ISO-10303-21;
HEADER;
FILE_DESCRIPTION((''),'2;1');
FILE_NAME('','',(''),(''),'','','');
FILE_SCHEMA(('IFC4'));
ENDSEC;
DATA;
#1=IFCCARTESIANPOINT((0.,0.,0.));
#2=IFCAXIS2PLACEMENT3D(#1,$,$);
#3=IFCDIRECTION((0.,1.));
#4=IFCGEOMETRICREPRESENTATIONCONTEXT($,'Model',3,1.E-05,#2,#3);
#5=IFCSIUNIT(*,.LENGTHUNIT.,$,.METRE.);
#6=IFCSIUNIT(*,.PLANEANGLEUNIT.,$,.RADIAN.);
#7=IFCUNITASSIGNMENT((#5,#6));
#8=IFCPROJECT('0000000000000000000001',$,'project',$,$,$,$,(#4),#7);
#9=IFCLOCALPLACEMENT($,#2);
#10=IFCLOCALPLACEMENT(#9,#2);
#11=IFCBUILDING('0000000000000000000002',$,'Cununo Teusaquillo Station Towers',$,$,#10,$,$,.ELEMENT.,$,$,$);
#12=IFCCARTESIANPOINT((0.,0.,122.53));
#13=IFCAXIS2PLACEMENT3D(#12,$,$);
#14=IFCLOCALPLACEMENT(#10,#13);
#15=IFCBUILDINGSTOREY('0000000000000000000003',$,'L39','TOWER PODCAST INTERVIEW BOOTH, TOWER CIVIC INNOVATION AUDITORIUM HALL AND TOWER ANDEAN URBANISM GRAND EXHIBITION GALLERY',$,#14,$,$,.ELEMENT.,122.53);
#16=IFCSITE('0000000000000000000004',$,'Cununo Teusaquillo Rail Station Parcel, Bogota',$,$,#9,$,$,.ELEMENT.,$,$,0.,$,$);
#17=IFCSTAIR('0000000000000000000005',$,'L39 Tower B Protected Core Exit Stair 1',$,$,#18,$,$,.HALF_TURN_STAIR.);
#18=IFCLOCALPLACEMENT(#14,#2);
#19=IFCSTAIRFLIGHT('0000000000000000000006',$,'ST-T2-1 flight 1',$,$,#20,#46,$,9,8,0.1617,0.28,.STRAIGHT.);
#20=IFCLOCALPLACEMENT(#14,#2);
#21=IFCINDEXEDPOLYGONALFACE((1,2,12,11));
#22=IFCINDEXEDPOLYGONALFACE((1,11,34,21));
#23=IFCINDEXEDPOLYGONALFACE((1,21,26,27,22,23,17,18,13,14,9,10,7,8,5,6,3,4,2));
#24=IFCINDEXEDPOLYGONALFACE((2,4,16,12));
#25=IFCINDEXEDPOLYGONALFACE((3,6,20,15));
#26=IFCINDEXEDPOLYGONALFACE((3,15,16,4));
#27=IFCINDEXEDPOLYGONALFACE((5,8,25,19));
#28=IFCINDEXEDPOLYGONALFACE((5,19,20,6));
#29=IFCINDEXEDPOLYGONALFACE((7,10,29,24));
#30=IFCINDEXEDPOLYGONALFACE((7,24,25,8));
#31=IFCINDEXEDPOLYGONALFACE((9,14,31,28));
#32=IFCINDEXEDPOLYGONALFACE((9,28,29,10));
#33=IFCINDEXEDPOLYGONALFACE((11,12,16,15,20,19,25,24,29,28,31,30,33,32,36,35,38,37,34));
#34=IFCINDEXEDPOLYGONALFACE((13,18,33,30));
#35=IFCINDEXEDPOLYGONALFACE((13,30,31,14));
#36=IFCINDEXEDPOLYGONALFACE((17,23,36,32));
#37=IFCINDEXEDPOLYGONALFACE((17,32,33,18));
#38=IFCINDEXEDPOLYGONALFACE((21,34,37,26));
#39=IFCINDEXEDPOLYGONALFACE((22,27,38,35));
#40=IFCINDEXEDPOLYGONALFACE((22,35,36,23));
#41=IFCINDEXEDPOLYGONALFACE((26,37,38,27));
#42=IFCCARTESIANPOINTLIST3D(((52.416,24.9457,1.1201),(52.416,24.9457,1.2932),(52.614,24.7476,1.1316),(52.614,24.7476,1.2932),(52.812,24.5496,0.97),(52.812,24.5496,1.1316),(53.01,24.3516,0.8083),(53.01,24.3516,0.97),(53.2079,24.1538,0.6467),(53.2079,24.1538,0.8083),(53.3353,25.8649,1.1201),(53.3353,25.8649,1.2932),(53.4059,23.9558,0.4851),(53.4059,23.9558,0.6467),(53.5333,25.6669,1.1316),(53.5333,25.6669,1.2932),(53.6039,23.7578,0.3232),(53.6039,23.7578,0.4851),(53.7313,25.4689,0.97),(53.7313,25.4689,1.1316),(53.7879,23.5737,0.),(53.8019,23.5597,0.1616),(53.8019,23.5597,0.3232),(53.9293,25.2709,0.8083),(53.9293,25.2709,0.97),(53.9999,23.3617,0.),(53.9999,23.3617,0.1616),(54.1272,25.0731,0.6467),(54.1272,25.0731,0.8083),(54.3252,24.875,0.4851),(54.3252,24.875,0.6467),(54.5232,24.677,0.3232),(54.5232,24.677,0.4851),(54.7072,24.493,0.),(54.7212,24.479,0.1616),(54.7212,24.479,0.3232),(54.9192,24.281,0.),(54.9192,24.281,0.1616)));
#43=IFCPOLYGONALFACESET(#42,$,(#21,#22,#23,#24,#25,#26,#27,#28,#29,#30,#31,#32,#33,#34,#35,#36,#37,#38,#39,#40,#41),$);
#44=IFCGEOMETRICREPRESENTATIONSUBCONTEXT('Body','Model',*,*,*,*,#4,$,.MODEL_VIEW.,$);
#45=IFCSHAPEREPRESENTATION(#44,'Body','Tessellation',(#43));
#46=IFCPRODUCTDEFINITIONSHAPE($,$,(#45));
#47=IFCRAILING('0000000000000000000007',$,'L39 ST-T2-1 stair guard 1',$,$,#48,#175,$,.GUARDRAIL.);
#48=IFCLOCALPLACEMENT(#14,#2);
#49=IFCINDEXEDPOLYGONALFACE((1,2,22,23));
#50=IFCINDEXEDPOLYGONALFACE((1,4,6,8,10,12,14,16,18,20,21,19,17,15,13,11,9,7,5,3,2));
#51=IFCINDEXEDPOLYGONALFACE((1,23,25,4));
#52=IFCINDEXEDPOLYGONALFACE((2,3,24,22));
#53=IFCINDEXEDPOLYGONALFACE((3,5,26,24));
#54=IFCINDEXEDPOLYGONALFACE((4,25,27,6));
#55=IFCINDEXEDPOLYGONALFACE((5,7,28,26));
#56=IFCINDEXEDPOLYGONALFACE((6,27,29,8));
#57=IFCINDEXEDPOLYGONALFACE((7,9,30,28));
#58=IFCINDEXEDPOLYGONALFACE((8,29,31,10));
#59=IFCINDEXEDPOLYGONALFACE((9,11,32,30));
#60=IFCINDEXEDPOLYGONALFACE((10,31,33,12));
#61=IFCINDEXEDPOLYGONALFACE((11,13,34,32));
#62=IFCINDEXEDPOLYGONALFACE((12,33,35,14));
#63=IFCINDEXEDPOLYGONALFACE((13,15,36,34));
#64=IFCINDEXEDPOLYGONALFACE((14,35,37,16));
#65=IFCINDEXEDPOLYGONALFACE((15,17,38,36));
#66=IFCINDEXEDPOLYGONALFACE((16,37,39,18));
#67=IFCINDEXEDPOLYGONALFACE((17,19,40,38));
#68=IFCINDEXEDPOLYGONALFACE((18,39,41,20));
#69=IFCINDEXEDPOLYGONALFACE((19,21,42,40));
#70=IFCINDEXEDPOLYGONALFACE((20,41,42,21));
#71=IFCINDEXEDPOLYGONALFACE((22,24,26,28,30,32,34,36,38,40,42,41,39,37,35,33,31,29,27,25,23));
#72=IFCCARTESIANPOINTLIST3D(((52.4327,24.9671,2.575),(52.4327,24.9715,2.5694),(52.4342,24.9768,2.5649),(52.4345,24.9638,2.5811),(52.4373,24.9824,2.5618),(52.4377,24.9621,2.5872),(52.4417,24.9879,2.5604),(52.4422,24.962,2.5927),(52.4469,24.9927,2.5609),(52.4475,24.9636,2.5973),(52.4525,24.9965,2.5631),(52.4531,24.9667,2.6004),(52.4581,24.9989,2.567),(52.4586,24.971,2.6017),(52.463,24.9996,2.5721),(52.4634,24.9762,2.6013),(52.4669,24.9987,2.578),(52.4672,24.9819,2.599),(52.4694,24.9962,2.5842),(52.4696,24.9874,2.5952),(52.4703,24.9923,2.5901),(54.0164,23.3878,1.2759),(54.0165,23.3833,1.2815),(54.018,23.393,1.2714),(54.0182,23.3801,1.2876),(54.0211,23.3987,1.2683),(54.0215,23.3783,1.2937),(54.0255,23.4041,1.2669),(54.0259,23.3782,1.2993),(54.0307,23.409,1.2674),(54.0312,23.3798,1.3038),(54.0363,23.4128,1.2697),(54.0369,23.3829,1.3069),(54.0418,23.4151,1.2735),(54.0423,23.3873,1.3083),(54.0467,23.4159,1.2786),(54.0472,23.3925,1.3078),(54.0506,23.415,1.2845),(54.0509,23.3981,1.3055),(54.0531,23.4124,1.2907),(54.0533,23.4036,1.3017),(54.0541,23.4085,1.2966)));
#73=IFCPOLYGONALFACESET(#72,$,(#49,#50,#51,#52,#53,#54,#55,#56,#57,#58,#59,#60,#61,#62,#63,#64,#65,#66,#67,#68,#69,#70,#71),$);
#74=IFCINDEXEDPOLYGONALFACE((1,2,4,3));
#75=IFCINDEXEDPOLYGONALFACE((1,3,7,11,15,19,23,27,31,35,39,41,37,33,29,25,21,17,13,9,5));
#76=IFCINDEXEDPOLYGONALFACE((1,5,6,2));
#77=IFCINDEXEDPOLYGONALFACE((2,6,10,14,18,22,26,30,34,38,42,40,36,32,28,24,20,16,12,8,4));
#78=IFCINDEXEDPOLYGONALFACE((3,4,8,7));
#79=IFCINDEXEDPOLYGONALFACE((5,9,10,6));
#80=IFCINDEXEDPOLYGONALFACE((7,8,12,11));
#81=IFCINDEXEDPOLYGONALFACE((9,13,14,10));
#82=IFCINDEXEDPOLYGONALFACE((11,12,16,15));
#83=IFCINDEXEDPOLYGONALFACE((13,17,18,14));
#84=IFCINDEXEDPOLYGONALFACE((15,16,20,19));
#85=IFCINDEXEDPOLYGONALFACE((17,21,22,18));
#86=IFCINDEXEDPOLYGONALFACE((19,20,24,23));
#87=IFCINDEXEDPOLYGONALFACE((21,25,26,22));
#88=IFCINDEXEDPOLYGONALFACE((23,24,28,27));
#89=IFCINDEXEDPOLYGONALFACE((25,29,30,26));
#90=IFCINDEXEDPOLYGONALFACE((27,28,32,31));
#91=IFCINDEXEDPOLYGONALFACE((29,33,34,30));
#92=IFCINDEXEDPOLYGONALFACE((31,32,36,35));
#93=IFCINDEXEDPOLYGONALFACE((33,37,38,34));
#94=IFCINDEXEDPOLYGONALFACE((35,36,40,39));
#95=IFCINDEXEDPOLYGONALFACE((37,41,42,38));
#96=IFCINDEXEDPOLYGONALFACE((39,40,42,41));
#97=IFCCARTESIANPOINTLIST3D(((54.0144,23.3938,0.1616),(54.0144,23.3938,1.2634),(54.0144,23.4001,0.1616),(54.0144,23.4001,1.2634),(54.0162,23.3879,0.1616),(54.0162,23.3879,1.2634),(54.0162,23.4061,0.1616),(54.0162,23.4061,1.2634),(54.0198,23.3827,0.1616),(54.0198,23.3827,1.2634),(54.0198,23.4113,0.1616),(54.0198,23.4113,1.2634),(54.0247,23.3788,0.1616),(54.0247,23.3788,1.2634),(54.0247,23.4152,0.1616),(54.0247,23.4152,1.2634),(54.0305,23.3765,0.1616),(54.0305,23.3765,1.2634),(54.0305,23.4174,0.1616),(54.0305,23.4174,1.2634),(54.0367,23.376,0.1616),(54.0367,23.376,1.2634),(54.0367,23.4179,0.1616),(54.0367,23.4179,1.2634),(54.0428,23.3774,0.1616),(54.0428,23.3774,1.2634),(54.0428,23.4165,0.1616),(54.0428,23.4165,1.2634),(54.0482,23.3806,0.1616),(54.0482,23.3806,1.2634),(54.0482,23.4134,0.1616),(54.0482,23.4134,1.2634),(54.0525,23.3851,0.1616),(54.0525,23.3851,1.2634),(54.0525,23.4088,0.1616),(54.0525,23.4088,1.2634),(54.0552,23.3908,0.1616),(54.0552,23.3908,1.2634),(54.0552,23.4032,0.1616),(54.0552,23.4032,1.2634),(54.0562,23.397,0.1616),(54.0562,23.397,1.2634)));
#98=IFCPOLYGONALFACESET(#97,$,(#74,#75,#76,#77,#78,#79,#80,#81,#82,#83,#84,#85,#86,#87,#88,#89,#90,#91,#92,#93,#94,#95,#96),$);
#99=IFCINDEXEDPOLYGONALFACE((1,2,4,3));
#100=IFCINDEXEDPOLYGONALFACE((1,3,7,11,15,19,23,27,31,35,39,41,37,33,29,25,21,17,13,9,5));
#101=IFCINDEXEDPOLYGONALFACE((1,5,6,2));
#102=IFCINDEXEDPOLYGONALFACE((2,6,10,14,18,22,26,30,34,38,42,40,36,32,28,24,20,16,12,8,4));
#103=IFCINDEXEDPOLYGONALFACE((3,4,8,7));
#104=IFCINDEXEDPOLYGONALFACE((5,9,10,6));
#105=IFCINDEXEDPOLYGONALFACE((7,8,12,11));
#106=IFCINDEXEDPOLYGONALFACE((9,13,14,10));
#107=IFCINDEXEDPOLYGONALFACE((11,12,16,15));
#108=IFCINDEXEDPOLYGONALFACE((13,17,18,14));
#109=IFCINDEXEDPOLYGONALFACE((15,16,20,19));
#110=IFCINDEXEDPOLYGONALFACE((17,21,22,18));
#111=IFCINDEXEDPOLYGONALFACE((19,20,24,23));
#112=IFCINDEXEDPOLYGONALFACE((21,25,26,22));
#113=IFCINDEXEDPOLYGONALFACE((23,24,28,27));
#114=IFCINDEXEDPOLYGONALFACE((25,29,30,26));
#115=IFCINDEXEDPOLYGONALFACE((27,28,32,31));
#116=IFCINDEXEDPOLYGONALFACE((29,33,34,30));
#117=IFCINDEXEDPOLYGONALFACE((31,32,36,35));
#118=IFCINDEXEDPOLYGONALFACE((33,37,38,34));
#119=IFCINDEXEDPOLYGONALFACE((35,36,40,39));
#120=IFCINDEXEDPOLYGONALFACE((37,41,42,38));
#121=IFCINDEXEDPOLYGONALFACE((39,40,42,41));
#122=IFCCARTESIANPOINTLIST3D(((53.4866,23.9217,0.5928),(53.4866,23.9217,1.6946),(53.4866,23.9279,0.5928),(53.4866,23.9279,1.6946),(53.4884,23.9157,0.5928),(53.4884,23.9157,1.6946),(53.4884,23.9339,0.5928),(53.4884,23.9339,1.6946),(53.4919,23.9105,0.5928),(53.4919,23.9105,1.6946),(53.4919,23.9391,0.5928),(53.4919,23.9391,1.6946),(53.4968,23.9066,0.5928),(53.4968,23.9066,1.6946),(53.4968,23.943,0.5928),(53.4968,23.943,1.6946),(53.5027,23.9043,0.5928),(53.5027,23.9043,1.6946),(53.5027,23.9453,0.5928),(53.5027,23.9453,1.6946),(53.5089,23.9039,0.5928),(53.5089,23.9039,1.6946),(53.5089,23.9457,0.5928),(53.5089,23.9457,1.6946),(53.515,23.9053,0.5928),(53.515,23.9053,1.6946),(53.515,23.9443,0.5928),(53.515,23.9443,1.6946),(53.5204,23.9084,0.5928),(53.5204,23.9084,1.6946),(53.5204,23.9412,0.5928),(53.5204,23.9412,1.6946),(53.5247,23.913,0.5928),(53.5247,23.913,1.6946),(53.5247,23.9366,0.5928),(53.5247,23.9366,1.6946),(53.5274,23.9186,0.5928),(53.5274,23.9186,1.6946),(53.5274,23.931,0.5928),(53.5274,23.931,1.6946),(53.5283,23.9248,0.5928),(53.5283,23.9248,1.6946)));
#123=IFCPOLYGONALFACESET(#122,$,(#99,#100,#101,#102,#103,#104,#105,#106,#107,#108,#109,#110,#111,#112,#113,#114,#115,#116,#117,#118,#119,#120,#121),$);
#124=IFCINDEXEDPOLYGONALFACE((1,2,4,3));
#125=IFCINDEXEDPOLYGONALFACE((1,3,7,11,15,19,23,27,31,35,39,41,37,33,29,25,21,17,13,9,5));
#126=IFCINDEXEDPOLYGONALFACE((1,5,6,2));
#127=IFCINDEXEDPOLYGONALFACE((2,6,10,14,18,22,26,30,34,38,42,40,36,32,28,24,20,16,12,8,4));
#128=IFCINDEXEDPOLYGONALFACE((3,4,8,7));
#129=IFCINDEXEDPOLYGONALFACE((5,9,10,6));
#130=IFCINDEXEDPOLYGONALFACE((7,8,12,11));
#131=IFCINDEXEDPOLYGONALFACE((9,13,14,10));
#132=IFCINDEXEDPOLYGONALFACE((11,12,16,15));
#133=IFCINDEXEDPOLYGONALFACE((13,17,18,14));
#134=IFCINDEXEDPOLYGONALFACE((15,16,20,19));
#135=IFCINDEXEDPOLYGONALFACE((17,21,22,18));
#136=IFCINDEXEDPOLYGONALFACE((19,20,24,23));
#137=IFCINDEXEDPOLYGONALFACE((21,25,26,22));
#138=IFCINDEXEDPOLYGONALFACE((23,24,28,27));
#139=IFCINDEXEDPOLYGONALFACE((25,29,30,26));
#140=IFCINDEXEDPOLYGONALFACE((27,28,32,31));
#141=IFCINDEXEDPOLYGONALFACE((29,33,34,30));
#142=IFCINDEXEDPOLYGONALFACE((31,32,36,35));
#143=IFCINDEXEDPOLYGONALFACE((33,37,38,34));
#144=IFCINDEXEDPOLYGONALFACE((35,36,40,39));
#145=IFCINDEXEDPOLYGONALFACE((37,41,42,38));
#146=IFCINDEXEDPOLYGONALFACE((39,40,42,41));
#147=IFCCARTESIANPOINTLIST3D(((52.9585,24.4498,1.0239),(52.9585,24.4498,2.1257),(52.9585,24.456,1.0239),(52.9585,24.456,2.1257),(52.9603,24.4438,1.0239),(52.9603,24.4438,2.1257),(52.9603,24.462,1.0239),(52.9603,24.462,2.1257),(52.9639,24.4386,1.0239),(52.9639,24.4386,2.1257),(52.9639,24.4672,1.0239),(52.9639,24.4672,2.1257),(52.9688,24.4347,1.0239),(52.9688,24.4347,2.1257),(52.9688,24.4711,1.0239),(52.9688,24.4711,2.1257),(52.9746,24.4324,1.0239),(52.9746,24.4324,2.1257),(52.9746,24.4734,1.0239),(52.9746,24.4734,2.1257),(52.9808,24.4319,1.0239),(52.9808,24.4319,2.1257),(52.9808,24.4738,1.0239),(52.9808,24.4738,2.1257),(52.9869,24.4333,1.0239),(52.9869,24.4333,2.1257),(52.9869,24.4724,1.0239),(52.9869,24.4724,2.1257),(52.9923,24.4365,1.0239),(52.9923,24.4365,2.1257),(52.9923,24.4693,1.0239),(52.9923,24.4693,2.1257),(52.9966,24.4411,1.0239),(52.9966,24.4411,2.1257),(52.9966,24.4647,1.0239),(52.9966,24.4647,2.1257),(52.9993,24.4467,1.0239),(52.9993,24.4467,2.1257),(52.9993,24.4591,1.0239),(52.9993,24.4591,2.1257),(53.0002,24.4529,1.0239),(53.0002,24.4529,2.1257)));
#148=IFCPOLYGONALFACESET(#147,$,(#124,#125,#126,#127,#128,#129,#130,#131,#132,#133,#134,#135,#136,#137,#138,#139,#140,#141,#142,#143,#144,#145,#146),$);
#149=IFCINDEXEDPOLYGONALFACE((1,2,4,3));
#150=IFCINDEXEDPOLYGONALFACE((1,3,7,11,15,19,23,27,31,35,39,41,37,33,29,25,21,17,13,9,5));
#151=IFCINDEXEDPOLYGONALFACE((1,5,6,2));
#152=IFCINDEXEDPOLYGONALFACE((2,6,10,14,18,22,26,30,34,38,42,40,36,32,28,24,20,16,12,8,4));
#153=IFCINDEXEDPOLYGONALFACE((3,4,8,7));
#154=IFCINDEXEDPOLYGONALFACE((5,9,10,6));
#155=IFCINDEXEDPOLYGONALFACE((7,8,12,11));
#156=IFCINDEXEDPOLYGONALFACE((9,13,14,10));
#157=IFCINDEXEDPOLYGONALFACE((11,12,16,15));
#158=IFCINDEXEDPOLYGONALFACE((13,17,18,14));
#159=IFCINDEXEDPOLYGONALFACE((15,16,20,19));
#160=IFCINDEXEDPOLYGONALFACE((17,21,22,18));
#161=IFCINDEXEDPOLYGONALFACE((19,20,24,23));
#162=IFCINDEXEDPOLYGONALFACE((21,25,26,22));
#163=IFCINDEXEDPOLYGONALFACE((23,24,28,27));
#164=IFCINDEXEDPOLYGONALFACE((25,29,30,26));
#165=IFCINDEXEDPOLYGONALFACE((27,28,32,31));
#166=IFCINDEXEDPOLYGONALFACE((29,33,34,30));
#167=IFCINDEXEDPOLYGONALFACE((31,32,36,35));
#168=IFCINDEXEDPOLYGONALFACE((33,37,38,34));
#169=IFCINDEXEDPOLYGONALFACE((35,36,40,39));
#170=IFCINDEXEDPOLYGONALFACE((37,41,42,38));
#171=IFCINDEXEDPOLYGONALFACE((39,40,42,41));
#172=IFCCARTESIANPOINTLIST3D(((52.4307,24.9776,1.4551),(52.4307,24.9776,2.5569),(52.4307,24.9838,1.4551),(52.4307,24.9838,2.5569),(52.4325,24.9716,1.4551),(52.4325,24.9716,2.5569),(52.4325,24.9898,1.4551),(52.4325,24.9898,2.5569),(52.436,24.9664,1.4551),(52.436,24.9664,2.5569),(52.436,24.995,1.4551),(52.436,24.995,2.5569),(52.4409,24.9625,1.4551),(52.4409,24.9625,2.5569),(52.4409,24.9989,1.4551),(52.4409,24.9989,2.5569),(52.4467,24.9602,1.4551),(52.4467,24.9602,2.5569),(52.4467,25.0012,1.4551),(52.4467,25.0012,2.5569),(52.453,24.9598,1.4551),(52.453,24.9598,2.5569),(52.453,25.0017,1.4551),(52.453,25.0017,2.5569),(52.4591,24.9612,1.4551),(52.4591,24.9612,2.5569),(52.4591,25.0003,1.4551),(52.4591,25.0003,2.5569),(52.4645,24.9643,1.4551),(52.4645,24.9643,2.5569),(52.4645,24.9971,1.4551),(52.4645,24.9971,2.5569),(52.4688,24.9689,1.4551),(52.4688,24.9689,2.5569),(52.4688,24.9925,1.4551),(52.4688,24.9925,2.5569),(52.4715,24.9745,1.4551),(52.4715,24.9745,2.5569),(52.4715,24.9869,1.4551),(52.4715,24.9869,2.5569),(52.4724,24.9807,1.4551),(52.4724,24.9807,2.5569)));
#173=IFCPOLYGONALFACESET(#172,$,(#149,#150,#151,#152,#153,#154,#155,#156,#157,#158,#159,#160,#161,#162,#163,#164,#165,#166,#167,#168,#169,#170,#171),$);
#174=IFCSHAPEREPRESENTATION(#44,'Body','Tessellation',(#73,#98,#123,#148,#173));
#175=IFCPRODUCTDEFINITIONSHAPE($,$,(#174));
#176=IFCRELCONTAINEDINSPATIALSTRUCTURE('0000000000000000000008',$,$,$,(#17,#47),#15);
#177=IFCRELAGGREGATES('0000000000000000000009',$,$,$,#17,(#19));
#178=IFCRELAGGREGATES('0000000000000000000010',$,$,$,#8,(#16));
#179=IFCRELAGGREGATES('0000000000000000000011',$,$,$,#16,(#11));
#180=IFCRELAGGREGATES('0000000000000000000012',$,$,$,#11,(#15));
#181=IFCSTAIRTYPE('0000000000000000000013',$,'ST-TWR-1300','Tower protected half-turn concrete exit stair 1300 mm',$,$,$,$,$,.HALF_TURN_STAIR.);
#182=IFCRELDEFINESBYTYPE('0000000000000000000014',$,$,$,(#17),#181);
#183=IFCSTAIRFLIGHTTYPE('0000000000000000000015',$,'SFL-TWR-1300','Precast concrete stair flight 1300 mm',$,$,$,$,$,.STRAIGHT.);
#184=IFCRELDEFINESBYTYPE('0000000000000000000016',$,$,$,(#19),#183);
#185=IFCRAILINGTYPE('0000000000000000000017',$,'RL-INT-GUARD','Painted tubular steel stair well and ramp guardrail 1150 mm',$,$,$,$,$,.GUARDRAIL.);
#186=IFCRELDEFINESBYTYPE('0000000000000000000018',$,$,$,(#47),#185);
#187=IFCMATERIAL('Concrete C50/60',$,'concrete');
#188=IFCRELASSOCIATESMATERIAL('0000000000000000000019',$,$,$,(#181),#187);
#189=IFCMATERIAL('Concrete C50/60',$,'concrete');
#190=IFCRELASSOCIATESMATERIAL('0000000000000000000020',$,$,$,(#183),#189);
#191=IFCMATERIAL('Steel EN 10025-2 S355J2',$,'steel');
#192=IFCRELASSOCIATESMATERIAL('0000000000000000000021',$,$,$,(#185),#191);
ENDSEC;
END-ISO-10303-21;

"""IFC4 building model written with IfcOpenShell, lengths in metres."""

from ifc_helpers import new_model, si_unit, direction, frame, origin, origin_2d, place, context, subcontext, project, spatial, polyline, circle, outline, extrude, material, type_object, element, aggregate, save


model = new_model("IFC4")

# Units and contexts
model_context = context("Model", 3, precision=1e-05, world=origin(), true_north=direction((0.0, 1.0)))
body_context = subcontext(model_context, "Body", "Model", "MODEL_VIEW")
ifc_project = project(units=[si_unit("LENGTHUNIT", "METRE"), si_unit("PLANEANGLEUNIT", "RADIAN")], contexts=[model_context])

# Site, building, storey
site_placement = place(None, origin())
site = spatial("IfcSite", under=ifc_project, at=site_placement, Name="Cununo Teusaquillo Rail Station Parcel, Bogota", CompositionType="ELEMENT", RefElevation=0.0)
building_placement = place(site_placement, origin())
building = spatial("IfcBuilding", under=site, at=building_placement, Name="Cununo Teusaquillo Station Towers", CompositionType="ELEMENT")
storey_placement = place(building_placement, frame((0.0, 0.0, 122.53)))
storey = spatial("IfcBuildingStorey", under=building, at=storey_placement, Name="L39", Description="TOWER PODCAST INTERVIEW BOOTH, TOWER CIVIC INNOVATION AUDITORIUM HALL AND TOWER ANDEAN URBANISM GRAND EXHIBITION GALLERY", CompositionType="ELEMENT", Elevation=122.53)

# Stair, stair flight
ifc_material_1 = material(Name="Concrete C50/60", Category="concrete")
stair_type = type_object("IfcStairType", Name="ST-TWR-1300", Description="Tower protected half-turn concrete exit stair 1300 mm", PredefinedType="HALF_TURN_STAIR", material=ifc_material_1)
stair_placement = place(storey_placement, origin())
stair = element("IfcStair", 1, at=stair_placement, inside=storey, type_object=stair_type, Name="L39 Tower B Protected Core Exit Stair 1", PredefinedType="HALF_TURN_STAIR")
ifc_material_2 = material(Name="Concrete C50/60", Category="concrete")
stair_flight_type = type_object("IfcStairFlightType", Name="SFL-TWR-1300", Description="Precast concrete stair flight 1300 mm", PredefinedType="STRAIGHT", material=ifc_material_2)
stair_flight_placement = place(storey_placement, frame((54.4595, 23.8213, 0.0), z_axis=(0.0, 0.0, 1.0), x_axis=(-0.707107, 0.707107, 0.0)))
stair_flight = element("IfcStairFlight", 2, at=stair_flight_placement, type_object=stair_flight_type, Name="ST-T2-1 flight 1", NumberOfRisers=9, NumberOfTreads=8, PredefinedType="STRAIGHT", RiserHeight=0.1617, TreadLength=0.28, context=body_context, shape_type="SweptSolid", body=[
    extrude(outline(polyline([(0.0, 0.0), (0.0, 0.1616), (0.28, 0.1616), (0.28, 0.3232), (0.5601, 0.3232), (0.5601, 0.4851), (0.8401, 0.4851), (0.8401, 0.6467), (1.1201, 0.6467), (1.1201, 0.8083), (1.3999, 0.8083), (1.3999, 0.97), (1.6799, 0.97), (1.6799, 1.1316), (1.96, 1.1316), (1.96, 1.2932), (2.24, 1.2932), (2.24, 1.4551), (2.24, 1.1201), (0.2998, 0.0), (0.0, 0.0)])), frame((0.0, 0.6499, 0.0), z_axis=(0.0, -1.0, 0.0), x_axis=(1.0, 0.0, 0.0)), (0.0, 0.0, 1.0), 1.3),
])
aggregate(stair, [stair_flight])

# Railing
ifc_material_3 = material(Name="Steel EN 10025-2 S355J2", Category="steel")
railing_type_1 = type_object("IfcRailingType", Name="RL-INT-GUARD", Description="Painted tubular steel stair well and ramp guardrail 1150 mm", PredefinedType="GUARDRAIL", material=ifc_material_3)
railing_1_placement = place(storey_placement, frame((54.0352, 23.397, 0.1616)))
element("IfcRailing", 3, at=railing_1_placement, inside=storey, type_object=railing_type_1, Name="L39 ST-T2-1 stair guard 1", PredefinedType="GUARDRAIL", context=body_context, shape_type="SweptSolid", body=[
    extrude(circle(Radius=0.0239, at=origin_2d()), frame((0.0, 0.0, 1.126), z_axis=(-0.612332, 0.612332, 0.500098), x_axis=(-0.707107, -0.707107, 0.0)), (0.0, 0.0, 1.0), 2.5864),
    extrude(circle(Radius=0.021, at=origin_2d()), origin(), (0.0, 0.0, 1.0), 1.1018),
    extrude(circle(Radius=0.021, at=origin_2d()), frame((-0.5278, 0.5278, 0.4312)), (0.0, 0.0, 1.0), 1.1018),
    extrude(circle(Radius=0.021, at=origin_2d()), frame((-1.0559, 1.0559, 0.8623)), (0.0, 0.0, 1.0), 1.1018),
    extrude(circle(Radius=0.021, at=origin_2d()), frame((-1.5837, 1.5837, 1.2935)), (0.0, 0.0, 1.0), 1.1018),
])

save(model, "model.ifc")
